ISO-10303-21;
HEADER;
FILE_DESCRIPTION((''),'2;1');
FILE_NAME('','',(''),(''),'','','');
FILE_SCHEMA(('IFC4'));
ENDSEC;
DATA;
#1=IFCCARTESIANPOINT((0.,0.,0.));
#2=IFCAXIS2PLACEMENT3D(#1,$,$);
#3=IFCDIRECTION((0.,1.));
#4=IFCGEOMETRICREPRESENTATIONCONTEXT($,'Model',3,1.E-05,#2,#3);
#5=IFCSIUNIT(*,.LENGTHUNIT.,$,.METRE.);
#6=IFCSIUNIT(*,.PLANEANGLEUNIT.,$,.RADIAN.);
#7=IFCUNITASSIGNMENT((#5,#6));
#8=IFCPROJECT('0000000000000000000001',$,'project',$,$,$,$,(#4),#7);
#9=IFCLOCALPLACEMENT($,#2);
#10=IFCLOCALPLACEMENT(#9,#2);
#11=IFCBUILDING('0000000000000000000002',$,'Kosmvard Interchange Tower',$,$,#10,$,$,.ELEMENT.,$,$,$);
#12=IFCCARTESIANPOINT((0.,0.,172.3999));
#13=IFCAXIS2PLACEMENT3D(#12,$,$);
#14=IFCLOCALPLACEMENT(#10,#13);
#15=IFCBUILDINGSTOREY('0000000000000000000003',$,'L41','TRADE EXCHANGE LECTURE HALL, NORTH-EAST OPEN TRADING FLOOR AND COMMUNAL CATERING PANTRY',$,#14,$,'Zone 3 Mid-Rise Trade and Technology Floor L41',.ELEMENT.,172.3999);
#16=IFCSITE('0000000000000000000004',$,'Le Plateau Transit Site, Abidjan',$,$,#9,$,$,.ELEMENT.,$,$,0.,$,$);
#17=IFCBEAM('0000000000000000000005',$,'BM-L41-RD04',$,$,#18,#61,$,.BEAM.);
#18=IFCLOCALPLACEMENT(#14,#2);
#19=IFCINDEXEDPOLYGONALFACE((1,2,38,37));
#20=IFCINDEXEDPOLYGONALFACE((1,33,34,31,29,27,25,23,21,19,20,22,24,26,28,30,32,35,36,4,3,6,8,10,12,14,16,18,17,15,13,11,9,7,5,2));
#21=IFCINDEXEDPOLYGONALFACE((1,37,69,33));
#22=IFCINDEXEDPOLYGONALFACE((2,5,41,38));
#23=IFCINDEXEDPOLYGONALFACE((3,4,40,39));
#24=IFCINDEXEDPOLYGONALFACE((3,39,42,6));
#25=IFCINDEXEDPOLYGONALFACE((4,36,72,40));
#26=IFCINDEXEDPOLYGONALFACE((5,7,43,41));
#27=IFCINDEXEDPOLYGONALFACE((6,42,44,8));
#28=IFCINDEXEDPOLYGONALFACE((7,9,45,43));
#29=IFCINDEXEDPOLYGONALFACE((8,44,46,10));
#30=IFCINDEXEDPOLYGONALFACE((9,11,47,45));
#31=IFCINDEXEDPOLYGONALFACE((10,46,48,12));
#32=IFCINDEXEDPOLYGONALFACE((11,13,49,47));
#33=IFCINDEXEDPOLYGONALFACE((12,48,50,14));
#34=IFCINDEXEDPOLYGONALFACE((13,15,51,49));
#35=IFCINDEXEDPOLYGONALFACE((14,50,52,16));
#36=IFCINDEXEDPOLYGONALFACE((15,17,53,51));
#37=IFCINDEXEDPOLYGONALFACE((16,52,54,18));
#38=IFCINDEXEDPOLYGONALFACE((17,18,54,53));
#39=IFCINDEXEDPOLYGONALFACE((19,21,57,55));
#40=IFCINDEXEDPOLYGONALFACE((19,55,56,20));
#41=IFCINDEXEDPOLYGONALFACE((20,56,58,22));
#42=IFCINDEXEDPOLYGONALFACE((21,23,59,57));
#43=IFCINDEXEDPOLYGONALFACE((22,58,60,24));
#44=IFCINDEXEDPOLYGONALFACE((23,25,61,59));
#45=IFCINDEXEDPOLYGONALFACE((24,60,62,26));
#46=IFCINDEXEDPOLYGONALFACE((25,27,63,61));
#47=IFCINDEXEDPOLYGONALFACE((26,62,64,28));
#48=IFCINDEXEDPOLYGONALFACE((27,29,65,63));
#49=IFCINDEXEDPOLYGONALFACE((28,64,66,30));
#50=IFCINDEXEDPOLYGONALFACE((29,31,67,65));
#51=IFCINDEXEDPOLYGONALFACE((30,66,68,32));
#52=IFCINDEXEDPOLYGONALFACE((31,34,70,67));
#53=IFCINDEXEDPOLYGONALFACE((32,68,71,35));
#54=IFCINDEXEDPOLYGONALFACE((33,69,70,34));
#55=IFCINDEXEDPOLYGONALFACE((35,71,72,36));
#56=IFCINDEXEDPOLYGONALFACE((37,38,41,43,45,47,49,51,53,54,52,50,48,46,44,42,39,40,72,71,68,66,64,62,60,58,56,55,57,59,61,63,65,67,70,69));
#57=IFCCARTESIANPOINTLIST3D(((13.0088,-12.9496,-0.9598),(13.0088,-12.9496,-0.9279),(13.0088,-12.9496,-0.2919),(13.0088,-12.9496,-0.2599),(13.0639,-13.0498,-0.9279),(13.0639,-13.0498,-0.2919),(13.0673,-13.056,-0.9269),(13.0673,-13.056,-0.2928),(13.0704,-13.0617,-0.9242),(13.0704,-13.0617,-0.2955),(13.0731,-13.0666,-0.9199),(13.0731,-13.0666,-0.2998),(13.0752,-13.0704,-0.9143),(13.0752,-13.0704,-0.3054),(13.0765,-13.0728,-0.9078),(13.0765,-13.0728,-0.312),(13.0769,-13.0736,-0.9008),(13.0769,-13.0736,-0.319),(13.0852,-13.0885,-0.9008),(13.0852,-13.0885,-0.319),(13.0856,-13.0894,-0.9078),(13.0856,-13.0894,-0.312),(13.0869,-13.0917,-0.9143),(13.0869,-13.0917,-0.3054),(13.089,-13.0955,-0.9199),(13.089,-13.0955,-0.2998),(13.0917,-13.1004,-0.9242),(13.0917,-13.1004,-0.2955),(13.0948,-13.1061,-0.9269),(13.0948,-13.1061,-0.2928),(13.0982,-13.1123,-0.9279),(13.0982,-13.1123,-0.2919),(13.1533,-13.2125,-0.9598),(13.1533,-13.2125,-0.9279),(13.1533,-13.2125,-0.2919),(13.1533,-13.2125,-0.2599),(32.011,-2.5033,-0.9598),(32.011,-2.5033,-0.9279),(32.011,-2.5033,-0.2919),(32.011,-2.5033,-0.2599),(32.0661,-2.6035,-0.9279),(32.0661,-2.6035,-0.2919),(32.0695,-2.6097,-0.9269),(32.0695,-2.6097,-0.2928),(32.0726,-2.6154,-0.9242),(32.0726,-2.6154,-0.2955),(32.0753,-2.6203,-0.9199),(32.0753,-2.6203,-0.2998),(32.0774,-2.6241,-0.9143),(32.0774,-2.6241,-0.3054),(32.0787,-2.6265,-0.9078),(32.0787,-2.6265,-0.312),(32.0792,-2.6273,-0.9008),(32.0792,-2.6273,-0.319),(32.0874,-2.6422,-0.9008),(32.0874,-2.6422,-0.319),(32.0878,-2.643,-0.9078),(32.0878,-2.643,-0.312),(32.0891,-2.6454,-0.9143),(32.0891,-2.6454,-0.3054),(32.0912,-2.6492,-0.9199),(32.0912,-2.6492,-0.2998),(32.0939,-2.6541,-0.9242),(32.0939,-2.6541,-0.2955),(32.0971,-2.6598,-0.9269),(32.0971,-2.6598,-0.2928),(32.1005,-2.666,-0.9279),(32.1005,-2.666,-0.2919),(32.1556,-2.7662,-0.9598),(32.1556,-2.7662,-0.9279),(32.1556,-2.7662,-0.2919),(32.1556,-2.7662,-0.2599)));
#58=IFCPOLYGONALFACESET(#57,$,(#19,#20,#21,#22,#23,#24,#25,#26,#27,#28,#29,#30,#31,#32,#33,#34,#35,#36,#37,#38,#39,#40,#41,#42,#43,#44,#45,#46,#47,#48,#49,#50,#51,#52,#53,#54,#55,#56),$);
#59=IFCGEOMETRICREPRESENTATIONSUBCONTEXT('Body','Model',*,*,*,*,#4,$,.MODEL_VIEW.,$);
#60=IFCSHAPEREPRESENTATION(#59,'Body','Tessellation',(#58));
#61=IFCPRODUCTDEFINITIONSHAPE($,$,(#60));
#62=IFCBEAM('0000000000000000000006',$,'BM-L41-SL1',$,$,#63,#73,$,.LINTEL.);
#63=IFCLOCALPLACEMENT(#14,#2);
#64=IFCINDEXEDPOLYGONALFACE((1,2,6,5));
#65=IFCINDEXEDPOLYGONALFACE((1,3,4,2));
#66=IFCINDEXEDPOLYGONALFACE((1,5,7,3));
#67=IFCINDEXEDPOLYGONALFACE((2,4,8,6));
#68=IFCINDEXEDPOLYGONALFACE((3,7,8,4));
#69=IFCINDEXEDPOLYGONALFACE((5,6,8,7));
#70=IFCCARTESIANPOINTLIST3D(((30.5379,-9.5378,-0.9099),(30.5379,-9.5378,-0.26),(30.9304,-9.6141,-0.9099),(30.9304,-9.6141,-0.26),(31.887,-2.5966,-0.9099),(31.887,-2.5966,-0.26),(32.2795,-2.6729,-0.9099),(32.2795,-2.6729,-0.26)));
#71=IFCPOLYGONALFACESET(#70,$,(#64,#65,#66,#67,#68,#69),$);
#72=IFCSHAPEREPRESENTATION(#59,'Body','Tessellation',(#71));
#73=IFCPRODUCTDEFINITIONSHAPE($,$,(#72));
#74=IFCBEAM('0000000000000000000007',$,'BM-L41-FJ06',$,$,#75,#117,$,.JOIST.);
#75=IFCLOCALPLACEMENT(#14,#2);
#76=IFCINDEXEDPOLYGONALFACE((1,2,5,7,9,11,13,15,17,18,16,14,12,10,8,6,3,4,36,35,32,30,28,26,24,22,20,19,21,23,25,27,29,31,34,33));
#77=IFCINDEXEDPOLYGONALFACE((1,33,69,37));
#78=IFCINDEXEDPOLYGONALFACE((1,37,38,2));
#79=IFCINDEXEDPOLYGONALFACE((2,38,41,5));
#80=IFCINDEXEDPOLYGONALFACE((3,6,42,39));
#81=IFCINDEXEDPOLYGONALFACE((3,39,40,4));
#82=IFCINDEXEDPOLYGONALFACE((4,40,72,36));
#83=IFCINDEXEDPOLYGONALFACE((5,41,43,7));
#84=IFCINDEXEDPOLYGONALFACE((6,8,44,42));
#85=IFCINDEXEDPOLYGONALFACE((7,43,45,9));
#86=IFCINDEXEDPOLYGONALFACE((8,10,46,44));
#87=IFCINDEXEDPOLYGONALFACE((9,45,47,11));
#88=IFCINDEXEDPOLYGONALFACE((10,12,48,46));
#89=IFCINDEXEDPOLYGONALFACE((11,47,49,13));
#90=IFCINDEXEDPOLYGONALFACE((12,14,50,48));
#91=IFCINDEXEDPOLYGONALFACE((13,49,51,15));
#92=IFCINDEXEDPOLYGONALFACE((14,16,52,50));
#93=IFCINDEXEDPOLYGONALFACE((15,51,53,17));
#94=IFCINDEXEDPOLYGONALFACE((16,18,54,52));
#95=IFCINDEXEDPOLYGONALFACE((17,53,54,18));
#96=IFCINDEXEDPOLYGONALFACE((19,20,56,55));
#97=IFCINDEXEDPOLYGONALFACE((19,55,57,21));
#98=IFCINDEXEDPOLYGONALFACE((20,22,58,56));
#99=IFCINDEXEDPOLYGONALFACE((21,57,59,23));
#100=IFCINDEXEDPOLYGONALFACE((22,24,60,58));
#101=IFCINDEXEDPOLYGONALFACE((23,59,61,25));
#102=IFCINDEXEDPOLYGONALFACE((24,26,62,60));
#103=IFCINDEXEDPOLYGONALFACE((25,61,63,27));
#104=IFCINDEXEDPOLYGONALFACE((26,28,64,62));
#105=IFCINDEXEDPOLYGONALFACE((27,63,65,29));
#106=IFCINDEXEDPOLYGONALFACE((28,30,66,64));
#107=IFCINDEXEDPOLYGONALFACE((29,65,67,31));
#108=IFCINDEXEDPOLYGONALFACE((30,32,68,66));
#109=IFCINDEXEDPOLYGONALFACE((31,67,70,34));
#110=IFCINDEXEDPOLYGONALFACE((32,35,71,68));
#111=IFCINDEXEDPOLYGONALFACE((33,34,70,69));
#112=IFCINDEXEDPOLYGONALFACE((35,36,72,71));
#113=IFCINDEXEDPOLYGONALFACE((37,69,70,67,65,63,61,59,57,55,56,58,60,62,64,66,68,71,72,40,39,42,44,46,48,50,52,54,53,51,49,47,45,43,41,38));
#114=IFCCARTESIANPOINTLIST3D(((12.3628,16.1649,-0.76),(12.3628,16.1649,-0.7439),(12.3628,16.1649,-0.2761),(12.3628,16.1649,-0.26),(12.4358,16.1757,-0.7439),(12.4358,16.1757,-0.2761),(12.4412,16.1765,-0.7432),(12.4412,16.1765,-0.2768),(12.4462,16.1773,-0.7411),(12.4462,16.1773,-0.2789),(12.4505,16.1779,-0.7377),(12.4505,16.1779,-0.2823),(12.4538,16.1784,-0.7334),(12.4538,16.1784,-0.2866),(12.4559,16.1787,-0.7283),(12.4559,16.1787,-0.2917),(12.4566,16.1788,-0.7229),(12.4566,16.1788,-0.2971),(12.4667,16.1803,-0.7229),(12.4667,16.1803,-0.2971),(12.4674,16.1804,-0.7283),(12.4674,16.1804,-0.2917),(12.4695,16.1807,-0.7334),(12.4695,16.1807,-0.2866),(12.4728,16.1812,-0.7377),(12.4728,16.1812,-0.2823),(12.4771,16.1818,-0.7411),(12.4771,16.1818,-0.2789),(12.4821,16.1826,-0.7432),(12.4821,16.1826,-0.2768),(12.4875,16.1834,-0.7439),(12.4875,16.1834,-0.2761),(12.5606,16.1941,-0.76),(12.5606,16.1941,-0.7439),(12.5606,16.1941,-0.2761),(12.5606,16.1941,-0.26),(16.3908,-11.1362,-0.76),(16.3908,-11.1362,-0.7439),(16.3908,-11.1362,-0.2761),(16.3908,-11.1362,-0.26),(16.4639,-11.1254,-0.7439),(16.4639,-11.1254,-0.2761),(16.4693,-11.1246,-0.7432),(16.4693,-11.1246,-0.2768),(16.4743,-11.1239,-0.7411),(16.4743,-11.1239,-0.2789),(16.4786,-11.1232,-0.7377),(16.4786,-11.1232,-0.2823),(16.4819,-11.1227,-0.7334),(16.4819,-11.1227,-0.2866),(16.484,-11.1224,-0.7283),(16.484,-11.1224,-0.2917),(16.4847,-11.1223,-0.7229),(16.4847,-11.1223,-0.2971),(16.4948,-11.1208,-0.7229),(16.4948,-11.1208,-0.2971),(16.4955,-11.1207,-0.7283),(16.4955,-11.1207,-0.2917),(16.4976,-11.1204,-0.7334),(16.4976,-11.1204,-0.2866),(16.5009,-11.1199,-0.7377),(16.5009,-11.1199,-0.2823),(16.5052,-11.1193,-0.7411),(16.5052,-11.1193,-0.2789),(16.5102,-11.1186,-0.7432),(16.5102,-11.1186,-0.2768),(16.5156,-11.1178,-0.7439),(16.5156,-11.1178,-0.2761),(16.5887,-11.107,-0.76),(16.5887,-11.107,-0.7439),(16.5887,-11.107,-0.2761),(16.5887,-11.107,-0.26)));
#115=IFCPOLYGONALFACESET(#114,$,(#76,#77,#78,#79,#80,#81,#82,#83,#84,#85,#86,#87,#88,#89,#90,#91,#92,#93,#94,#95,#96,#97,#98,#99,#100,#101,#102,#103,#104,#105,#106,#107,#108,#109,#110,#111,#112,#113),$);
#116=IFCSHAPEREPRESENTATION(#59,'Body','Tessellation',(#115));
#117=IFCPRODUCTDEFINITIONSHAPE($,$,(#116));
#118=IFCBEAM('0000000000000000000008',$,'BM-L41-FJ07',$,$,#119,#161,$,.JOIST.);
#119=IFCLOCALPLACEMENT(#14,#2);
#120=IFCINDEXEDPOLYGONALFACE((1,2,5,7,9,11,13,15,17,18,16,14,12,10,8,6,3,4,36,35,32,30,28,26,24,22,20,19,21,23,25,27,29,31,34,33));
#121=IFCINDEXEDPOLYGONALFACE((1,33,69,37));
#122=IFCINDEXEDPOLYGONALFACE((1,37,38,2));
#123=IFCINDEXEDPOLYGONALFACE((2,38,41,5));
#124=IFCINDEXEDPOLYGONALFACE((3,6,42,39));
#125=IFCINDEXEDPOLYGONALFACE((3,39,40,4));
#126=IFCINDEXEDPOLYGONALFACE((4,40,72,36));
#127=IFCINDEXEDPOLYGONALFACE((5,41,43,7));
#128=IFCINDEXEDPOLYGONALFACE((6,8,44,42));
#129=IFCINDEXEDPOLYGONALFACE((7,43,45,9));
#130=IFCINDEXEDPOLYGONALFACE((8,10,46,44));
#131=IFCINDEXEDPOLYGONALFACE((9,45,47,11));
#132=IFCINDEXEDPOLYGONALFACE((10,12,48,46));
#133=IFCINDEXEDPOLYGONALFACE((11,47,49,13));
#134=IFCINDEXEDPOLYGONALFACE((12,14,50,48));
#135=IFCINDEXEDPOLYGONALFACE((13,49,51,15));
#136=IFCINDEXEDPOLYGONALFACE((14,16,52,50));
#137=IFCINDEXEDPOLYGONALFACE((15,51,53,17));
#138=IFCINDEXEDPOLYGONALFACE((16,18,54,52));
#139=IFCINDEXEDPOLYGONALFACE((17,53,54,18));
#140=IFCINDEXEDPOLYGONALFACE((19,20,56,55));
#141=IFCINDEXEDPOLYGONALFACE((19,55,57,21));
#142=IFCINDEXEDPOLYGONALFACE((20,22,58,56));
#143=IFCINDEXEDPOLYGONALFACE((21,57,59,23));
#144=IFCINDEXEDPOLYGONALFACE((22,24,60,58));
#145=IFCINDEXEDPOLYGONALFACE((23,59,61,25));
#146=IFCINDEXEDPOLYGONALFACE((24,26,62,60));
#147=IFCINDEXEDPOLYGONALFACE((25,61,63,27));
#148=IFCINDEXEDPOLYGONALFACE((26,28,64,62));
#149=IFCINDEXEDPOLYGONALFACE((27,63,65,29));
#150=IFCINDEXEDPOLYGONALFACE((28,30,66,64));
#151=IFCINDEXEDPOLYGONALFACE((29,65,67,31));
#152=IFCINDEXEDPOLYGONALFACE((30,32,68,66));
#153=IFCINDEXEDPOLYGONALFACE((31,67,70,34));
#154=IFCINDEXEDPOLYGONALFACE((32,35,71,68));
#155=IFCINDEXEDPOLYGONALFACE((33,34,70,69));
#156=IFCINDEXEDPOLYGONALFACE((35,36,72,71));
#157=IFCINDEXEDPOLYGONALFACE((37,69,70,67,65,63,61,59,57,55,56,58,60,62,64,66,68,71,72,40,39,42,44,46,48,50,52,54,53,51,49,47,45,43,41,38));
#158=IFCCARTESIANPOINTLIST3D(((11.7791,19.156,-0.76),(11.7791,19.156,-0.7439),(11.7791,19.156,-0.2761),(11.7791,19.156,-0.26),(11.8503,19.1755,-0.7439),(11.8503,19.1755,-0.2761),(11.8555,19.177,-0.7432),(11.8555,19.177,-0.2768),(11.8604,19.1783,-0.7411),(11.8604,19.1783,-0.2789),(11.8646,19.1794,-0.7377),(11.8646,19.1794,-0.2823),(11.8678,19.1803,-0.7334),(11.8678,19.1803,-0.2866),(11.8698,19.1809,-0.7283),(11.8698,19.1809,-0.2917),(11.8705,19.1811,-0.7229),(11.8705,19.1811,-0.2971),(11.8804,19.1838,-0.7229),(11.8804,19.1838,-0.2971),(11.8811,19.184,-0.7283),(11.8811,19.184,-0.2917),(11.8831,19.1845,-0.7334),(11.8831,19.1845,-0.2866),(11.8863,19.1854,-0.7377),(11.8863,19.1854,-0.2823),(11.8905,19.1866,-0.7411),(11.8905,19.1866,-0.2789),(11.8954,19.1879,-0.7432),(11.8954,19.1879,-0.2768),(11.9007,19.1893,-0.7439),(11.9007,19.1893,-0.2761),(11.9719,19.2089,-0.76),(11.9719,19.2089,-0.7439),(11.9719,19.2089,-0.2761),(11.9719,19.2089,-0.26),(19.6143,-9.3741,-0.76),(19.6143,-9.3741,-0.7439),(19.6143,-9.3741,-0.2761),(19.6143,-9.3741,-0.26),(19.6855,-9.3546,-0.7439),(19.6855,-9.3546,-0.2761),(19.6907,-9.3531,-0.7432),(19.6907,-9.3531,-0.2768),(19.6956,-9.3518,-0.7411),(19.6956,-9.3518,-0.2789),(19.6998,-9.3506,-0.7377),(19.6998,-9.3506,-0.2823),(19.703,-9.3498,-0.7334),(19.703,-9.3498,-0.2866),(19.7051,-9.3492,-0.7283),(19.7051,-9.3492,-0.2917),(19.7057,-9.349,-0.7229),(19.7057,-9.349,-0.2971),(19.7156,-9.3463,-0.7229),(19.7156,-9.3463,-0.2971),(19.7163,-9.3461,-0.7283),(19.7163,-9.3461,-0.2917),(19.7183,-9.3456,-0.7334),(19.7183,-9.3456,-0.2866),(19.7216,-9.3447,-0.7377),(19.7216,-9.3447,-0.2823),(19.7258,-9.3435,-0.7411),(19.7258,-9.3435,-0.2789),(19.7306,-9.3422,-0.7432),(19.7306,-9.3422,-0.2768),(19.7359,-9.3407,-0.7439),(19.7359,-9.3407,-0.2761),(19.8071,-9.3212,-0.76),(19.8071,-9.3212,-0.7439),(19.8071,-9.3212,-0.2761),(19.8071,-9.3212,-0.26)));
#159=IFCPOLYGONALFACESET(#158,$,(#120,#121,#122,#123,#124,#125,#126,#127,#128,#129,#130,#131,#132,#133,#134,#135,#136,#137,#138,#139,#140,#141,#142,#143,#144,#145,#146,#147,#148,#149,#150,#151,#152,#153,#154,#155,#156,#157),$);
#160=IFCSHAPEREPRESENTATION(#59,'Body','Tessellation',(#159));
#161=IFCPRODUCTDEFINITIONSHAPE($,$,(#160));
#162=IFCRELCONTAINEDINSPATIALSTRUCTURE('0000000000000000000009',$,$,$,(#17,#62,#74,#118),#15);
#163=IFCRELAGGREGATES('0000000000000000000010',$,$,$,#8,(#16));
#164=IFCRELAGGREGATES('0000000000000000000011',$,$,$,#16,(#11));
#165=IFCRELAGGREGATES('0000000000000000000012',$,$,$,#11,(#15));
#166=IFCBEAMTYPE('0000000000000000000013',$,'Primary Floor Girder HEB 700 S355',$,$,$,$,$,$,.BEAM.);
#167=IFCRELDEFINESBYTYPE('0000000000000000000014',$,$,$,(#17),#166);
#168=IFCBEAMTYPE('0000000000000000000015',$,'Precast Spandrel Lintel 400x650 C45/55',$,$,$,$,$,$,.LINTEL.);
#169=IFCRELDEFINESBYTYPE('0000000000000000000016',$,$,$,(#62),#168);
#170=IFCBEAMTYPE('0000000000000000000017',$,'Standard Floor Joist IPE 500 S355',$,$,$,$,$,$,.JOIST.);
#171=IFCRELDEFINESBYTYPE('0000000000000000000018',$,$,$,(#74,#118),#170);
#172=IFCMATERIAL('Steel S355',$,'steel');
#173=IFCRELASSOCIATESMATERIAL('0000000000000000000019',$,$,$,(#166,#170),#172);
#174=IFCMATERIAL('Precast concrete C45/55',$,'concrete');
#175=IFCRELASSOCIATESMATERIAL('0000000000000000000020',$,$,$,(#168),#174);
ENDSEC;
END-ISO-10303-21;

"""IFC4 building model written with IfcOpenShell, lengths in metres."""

from ifc_helpers import new_model, si_unit, direction, frame, origin, origin_2d, place, context, subcontext, project, spatial, rectangle, i_section, extrude, source, transform, mapped, material, material_profile, profile_set, type_object, element, save


model = new_model("IFC4")

# Units and contexts
model_context = context("Model", 3, precision=1e-05, world=origin(), true_north=direction((0.0, 1.0)))
body_context = subcontext(model_context, "Body", "Model", "MODEL_VIEW")
ifc_project = project(units=[si_unit("LENGTHUNIT", "METRE"), si_unit("PLANEANGLEUNIT", "RADIAN")], contexts=[model_context])

# Site, building, storey
site_placement = place(None, origin())
site = spatial("IfcSite", under=ifc_project, at=site_placement, Name="Le Plateau Transit Site, Abidjan", CompositionType="ELEMENT", RefElevation=0.0)
building_placement = place(site_placement, origin())
building = spatial("IfcBuilding", under=site, at=building_placement, Name="Kosmvard Interchange Tower", CompositionType="ELEMENT")
storey_placement = place(building_placement, frame((0.0, 0.0, 172.3999)))
storey = spatial("IfcBuildingStorey", under=building, at=storey_placement, Name="L41", Description="TRADE EXCHANGE LECTURE HALL, NORTH-EAST OPEN TRADING FLOOR AND COMMUNAL CATERING PANTRY", LongName="Zone 3 Mid-Rise Trade and Technology Floor L41", CompositionType="ELEMENT", Elevation=172.3999)

# Beams
ifc_material_1 = material(Name="Steel S355", Category="steel")
ifc_material_profile_1 = material_profile(ifc_material_1, i_section(OverallWidth=0.3, OverallDepth=0.7, WebThickness=0.0171, FlangeThickness=0.032, FilletRadius=0.0271, at=origin_2d()), Name="HEB 700")
ifc_profile_set_1 = profile_set([ifc_material_profile_1], Name="Steel S355")
beam_type_1 = type_object("IfcBeamType", Name="Primary Floor Girder HEB 700 S355", PredefinedType="BEAM", material=ifc_profile_set_1)
shared_shape_1 = source(origin(), body_context, "Body", "SweptSolid", [
    extrude(i_section(OverallWidth=0.3, OverallDepth=0.7, WebThickness=0.0171, FlangeThickness=0.032, FilletRadius=0.0271, at=origin_2d()), origin(), (0.0, 0.0, 1.0), 21.6843),
])
beam_1_placement = place(storey_placement, frame((13.0811, -13.0811, -0.6099), z_axis=(0.876312, 0.481745, 0.0), x_axis=(-0.481745, 0.876312, 0.0)))
element("IfcBeam", 1, at=beam_1_placement, inside=storey, type_object=beam_type_1, Name="BM-L41-RD04", PredefinedType="BEAM", context=body_context, shape_type="MappedRepresentation", body=[
    mapped(shared_shape_1, transform((0.0, 0.0, 0.0), scale=1.0)),
])
ifc_material_2 = material(Name="Precast concrete C45/55", Category="concrete")
ifc_material_profile_2 = material_profile(ifc_material_2, rectangle(XDim=0.3999, YDim=0.6499, at=origin_2d()), Name="SL 400x650")
ifc_profile_set_2 = profile_set([ifc_material_profile_2], Name="Precast concrete C45/55")
beam_type_2 = type_object("IfcBeamType", Name="Precast Spandrel Lintel 400x650 C45/55", PredefinedType="LINTEL", material=ifc_profile_set_2)
shared_shape_2 = source(origin(), body_context, "Body", "SweptSolid", [
    extrude(rectangle(XDim=0.3999, YDim=0.6499, at=origin_2d()), origin(), (0.0, 0.0, 1.0), 7.071),
])
beam_2_placement = place(storey_placement, frame((30.7341, -9.5759, -0.585), z_axis=(0.190795, 0.98163, 0.0), x_axis=(-0.98163, 0.190795, 0.0)))
element("IfcBeam", 2, at=beam_2_placement, inside=storey, type_object=beam_type_2, Name="BM-L41-SL1", PredefinedType="LINTEL", context=body_context, shape_type="MappedRepresentation", body=[
    mapped(shared_shape_2, transform((0.0, 0.0, 0.0), scale=1.0)),
])
ifc_material_profile_3 = material_profile(ifc_material_1, i_section(OverallWidth=0.2, OverallDepth=0.5, WebThickness=0.0103, FlangeThickness=0.0161, FilletRadius=0.021, at=origin_2d()), Name="IPE 500")
ifc_profile_set_3 = profile_set([ifc_material_profile_3], Name="Steel S355")
beam_type_3 = type_object("IfcBeamType", Name="Standard Floor Joist IPE 500 S355", PredefinedType="JOIST", material=ifc_profile_set_3)
shared_shape_3 = source(origin(), body_context, "Body", "SweptSolid", [
    extrude(i_section(OverallWidth=0.2, OverallDepth=0.5, WebThickness=0.0103, FlangeThickness=0.0161, FilletRadius=0.021, at=origin_2d()), origin(), (0.0, 0.0, 1.0), 27.5967),
])
beam_3_placement = place(storey_placement, frame((16.4897, -11.1216, -0.51), z_axis=(-0.145963, 0.98929, 0.0), x_axis=(-0.98929, -0.145963, 0.0)))
element("IfcBeam", 3, at=beam_3_placement, inside=storey, type_object=beam_type_3, Name="BM-L41-FJ06", PredefinedType="JOIST", context=body_context, shape_type="MappedRepresentation", body=[
    mapped(shared_shape_3, transform((0.0, 0.0, 0.0), scale=1.0)),
])
shared_shape_4 = source(origin(), body_context, "Body", "SweptSolid", [
    extrude(i_section(OverallWidth=0.2, OverallDepth=0.5, WebThickness=0.0103, FlangeThickness=0.0161, FilletRadius=0.021, at=origin_2d()), origin(), (0.0, 0.0, 1.0), 29.5864),
])
beam_4_placement = place(storey_placement, frame((19.7107, -9.3477, -0.51), z_axis=(-0.264825, 0.964297, 0.0), x_axis=(-0.964297, -0.264825, 0.0)))
element("IfcBeam", 4, at=beam_4_placement, inside=storey, type_object=beam_type_3, Name="BM-L41-FJ07", PredefinedType="JOIST", context=body_context, shape_type="MappedRepresentation", body=[
    mapped(shared_shape_4, transform((0.0, 0.0, 0.0), scale=1.0)),
])

save(model, "model.ifc")
